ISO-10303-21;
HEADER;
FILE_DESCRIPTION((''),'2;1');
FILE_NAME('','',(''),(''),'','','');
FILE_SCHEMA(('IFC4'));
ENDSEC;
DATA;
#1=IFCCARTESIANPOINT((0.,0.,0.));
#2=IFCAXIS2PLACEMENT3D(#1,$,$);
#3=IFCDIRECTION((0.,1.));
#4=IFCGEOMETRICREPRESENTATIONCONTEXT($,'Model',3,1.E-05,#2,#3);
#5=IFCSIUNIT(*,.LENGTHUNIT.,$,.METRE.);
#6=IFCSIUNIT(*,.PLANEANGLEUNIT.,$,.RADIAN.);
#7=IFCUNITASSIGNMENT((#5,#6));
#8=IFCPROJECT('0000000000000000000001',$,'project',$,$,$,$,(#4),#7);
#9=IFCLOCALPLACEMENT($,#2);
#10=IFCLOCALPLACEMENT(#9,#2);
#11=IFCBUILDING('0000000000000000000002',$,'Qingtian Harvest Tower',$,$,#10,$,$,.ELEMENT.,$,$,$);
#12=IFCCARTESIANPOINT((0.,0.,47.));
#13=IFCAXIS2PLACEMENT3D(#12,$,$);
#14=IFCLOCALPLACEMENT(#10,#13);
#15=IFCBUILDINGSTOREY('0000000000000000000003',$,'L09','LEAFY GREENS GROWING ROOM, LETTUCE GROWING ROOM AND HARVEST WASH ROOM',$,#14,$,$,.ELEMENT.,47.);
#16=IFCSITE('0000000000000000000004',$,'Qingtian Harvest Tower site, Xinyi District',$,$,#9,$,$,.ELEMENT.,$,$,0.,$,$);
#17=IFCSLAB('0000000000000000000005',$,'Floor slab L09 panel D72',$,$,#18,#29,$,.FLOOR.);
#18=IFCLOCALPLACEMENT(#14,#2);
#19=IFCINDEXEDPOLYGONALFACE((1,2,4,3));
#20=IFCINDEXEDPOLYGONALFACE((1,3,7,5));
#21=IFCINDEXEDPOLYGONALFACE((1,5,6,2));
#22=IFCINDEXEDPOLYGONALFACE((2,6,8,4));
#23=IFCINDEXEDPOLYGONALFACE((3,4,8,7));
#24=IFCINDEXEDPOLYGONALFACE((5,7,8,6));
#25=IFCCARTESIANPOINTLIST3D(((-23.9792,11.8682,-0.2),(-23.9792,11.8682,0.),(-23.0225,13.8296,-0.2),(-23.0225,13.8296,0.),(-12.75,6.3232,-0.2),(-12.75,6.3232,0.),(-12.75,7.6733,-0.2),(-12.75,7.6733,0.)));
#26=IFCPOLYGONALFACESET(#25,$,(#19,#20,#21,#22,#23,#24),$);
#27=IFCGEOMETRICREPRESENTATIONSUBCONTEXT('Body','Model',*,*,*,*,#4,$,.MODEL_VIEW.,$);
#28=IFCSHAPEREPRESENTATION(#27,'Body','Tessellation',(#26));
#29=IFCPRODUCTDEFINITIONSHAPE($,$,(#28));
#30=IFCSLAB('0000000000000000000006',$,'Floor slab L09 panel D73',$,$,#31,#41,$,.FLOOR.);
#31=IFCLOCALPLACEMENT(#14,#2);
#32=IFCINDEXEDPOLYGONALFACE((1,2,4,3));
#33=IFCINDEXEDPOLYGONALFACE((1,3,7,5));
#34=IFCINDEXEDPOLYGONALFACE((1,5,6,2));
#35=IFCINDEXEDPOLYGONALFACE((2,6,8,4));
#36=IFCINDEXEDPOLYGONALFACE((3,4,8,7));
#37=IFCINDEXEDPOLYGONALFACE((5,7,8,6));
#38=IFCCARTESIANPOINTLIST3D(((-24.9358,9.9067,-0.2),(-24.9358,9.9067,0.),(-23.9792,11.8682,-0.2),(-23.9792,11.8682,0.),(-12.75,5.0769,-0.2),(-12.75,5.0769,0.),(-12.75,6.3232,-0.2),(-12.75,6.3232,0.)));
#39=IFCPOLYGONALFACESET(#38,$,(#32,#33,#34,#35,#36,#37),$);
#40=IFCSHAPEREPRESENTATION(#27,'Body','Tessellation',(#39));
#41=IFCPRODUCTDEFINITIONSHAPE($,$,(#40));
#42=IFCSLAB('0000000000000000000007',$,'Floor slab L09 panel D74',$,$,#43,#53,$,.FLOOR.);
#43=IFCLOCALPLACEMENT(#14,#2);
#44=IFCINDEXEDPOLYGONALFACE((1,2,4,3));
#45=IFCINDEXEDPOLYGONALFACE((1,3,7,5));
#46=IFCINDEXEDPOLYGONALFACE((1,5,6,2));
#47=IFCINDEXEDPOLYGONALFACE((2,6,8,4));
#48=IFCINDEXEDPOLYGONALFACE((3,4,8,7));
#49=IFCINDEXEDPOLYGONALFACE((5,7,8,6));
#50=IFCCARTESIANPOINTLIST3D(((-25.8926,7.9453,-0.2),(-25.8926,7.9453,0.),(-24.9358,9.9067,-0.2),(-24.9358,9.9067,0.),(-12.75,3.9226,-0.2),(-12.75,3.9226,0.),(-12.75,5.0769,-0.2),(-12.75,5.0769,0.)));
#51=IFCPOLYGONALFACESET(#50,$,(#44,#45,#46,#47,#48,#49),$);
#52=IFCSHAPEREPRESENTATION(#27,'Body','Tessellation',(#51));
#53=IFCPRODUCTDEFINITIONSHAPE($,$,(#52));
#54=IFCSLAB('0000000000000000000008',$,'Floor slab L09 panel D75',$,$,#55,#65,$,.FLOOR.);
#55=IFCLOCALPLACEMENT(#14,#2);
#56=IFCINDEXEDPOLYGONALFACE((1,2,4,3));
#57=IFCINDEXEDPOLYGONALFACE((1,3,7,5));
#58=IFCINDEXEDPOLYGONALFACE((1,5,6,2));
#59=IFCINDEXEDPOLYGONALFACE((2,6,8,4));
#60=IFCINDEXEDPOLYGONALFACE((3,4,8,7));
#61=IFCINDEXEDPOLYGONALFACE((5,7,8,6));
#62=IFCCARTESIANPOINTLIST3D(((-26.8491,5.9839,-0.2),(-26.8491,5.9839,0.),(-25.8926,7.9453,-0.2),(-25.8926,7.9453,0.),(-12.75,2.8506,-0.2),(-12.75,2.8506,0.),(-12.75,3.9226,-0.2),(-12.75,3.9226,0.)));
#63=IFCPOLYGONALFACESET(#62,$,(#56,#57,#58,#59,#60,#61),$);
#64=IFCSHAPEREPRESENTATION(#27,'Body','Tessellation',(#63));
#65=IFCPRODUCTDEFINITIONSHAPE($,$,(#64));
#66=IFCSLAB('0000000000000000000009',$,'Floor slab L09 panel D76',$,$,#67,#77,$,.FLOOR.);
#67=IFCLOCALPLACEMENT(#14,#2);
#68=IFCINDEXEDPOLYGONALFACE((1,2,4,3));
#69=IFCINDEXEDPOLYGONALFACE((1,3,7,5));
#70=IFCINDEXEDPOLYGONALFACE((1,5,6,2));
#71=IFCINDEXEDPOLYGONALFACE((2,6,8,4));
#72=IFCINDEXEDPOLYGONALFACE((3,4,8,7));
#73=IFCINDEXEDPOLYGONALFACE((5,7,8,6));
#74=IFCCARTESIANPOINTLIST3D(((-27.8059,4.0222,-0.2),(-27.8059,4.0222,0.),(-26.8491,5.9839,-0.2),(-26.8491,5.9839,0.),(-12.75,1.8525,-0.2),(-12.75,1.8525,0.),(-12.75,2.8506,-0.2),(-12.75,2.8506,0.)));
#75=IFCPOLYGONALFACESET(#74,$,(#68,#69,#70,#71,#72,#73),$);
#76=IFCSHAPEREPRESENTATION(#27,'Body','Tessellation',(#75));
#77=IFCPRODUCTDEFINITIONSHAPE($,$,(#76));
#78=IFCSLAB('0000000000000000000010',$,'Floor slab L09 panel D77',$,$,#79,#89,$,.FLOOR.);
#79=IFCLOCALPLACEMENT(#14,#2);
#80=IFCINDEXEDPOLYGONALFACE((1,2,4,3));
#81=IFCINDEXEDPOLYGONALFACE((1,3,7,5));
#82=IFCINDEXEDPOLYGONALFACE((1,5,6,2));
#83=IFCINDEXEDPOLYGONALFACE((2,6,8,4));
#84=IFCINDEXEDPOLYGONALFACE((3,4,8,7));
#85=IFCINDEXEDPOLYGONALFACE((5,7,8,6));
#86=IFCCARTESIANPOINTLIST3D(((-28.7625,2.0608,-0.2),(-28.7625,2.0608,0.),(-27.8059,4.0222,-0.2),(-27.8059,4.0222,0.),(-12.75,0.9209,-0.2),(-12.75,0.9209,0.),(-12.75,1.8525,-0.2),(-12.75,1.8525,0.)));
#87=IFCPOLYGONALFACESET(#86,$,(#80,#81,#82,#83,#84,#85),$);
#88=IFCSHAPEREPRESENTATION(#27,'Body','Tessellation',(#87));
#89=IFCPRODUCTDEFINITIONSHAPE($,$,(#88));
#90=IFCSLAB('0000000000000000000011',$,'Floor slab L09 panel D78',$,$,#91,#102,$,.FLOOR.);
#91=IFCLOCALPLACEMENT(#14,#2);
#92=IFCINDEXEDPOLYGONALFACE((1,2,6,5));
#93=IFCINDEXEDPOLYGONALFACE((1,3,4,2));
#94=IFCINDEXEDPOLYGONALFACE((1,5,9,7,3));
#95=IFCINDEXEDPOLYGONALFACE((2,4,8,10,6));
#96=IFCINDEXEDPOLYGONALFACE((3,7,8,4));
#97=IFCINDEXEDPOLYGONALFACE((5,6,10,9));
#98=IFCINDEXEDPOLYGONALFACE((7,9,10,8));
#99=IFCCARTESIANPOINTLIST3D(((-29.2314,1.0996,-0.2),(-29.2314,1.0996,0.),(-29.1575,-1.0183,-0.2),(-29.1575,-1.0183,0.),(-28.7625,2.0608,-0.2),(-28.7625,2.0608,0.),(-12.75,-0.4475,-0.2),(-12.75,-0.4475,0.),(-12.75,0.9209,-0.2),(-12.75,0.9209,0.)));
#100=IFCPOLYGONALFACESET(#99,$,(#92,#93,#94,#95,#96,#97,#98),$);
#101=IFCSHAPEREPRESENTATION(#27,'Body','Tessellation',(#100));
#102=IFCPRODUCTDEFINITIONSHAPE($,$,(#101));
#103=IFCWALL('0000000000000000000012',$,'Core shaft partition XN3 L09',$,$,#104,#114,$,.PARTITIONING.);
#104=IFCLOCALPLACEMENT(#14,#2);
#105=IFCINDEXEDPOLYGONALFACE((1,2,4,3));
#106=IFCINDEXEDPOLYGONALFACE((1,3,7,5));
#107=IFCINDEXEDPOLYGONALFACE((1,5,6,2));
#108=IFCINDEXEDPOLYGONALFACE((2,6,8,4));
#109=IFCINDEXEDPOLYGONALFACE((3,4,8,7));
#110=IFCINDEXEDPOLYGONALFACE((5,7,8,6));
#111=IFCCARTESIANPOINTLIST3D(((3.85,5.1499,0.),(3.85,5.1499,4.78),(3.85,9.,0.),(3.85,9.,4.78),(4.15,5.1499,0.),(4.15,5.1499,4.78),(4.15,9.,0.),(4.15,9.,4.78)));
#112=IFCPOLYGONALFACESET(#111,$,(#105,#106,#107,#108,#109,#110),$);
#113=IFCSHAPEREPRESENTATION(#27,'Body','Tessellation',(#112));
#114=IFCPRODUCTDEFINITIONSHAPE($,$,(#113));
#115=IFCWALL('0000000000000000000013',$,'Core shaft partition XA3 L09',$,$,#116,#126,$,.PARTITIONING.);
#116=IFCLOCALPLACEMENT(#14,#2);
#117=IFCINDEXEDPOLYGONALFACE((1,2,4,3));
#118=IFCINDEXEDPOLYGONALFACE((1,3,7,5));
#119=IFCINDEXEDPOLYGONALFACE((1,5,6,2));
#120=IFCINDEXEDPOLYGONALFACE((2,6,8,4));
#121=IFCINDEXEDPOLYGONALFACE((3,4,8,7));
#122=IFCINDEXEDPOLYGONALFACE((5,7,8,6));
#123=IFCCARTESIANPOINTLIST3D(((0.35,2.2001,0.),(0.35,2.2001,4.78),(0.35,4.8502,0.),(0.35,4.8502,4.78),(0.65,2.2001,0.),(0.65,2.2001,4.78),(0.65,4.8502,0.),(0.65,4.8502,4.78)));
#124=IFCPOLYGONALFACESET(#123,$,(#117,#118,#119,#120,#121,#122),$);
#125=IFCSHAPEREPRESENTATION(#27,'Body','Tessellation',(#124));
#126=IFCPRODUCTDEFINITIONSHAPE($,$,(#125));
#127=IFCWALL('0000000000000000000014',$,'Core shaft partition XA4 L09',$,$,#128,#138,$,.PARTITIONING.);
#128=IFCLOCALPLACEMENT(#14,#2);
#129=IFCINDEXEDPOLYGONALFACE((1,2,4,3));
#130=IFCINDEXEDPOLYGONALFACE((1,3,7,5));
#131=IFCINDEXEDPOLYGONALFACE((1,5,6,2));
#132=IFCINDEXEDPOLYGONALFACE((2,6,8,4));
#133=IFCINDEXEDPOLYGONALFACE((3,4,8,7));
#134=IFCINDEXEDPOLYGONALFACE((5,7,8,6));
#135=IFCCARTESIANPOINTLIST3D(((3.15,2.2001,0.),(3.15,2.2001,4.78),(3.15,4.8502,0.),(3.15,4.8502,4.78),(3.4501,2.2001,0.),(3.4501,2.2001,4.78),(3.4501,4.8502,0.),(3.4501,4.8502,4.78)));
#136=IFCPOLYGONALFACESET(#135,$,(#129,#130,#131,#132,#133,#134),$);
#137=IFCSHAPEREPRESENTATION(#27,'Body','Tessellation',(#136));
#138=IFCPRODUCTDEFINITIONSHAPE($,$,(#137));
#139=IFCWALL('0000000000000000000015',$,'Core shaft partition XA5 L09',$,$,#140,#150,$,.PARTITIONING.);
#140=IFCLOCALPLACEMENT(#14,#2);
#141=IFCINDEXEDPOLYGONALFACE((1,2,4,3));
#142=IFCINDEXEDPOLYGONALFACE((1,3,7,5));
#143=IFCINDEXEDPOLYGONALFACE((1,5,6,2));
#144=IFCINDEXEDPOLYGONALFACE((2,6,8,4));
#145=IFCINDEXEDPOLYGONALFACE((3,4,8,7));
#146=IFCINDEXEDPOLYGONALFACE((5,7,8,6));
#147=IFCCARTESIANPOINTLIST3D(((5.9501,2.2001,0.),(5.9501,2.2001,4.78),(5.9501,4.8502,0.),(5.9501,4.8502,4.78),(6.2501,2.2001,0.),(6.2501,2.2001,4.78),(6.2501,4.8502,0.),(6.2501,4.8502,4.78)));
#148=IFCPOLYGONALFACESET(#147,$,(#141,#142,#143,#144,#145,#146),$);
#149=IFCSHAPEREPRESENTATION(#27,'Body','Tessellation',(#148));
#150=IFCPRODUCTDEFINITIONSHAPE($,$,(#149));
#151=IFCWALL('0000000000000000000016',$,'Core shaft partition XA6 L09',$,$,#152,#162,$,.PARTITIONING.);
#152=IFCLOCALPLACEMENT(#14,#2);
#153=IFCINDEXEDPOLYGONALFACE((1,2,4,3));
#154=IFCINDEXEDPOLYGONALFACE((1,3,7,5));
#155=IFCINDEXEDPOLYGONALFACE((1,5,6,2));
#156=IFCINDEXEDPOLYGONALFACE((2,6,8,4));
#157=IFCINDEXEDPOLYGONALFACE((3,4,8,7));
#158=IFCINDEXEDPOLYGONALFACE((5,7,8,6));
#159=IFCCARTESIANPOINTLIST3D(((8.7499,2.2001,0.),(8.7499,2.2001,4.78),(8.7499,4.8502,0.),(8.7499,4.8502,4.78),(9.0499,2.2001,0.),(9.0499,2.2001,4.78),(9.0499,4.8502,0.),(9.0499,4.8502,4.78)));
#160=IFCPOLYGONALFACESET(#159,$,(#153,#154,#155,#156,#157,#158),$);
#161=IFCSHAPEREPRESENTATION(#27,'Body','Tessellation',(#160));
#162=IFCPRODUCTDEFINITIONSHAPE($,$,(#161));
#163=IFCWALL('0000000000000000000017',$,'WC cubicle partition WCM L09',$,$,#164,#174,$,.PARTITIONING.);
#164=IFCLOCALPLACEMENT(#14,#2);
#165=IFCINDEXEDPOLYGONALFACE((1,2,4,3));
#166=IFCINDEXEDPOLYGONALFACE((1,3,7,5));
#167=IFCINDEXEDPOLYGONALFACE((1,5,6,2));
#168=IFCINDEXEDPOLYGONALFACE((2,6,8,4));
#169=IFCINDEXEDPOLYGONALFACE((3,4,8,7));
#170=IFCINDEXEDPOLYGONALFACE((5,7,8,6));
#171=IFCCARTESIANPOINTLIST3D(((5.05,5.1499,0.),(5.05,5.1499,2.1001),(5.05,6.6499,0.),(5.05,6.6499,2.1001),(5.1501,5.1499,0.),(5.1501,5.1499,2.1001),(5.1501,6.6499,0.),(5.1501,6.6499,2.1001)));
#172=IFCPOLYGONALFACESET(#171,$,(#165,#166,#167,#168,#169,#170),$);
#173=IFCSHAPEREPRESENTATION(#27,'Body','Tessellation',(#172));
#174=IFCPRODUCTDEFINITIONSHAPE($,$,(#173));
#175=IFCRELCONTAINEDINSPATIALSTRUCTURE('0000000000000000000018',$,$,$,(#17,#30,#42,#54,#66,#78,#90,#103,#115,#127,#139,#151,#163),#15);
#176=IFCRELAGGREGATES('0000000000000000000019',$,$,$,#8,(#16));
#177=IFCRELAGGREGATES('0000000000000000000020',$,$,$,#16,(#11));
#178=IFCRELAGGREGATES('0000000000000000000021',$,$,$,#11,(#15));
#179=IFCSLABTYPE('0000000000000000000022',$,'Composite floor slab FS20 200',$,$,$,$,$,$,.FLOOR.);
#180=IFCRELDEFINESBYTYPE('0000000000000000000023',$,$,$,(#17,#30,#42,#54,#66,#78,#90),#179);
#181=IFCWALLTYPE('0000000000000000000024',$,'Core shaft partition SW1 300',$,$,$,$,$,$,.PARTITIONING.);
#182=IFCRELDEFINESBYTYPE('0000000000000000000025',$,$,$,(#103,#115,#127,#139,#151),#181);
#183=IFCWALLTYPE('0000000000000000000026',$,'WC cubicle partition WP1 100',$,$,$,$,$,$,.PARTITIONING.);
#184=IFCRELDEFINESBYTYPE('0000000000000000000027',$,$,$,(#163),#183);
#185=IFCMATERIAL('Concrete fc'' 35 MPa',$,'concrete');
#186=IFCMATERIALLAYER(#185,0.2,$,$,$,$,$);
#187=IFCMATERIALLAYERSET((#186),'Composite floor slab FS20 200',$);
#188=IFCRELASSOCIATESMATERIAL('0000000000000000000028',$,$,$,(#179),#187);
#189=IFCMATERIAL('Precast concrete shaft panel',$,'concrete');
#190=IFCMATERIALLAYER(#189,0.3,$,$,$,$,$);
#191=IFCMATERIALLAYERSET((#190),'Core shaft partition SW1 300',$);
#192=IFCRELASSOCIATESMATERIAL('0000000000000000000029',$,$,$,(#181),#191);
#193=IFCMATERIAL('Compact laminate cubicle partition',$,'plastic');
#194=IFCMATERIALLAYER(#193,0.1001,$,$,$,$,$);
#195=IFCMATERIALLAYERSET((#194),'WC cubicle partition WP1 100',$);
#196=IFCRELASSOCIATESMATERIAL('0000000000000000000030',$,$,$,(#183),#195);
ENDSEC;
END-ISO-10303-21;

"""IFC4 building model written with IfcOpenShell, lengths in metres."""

from ifc_helpers import new_model, si_unit, direction, frame, frame_2d, origin, place, context, subcontext, project, spatial, polyline, rectangle, outline, extrude, material, layer, layer_set, type_object, element, save


model = new_model("IFC4")

# Units and contexts
model_context = context("Model", 3, precision=1e-05, world=origin(), true_north=direction((0.0, 1.0)))
body_context = subcontext(model_context, "Body", "Model", "MODEL_VIEW")
ifc_project = project(units=[si_unit("LENGTHUNIT", "METRE"), si_unit("PLANEANGLEUNIT", "RADIAN")], contexts=[model_context])

# Site, building, storey
site_placement = place(None, origin())
site = spatial("IfcSite", under=ifc_project, at=site_placement, Name="Qingtian Harvest Tower site, Xinyi District", CompositionType="ELEMENT", RefElevation=0.0)
building_placement = place(site_placement, origin())
building = spatial("IfcBuilding", under=site, at=building_placement, Name="Qingtian Harvest Tower", CompositionType="ELEMENT")
storey_placement = place(building_placement, frame((0.0, 0.0, 47.0)))
storey = spatial("IfcBuildingStorey", under=building, at=storey_placement, Name="L09", Description="LEAFY GREENS GROWING ROOM, LETTUCE GROWING ROOM AND HARVEST WASH ROOM", CompositionType="ELEMENT", Elevation=47.0)

# Slabs
ifc_material_1 = material(Name="Concrete fc' 35 MPa", Category="concrete")
ifc_layer_1 = layer(ifc_material_1, 0.2)
ifc_layer_set_1 = layer_set([ifc_layer_1], Name="Composite floor slab FS20 200")
slab_type = type_object("IfcSlabType", Name="Composite floor slab FS20 200", PredefinedType="FLOOR", material=ifc_layer_set_1)
slab_1_placement = place(storey_placement, frame((0.0, 0.0, -0.2)))
element("IfcSlab", 1, at=slab_1_placement, inside=storey, type_object=slab_type, Name="Floor slab L09 panel D72", PredefinedType="FLOOR", context=body_context, shape_type="SweptSolid", body=[
    extrude(outline(polyline([(-12.75, 6.3232), (-23.9792, 11.8682), (-23.0225, 13.8296), (-12.75, 7.6733), (-12.75, 6.3232)])), origin(), (0.0, 0.0, 1.0), 0.2),
])
slab_2_placement = place(storey_placement, frame((0.0, 0.0, -0.2)))
element("IfcSlab", 2, at=slab_2_placement, inside=storey, type_object=slab_type, Name="Floor slab L09 panel D73", PredefinedType="FLOOR", context=body_context, shape_type="SweptSolid", body=[
    extrude(outline(polyline([(-12.75, 5.0769), (-24.9358, 9.9067), (-23.9792, 11.8682), (-12.75, 6.3232), (-12.75, 5.0769)])), origin(), (0.0, 0.0, 1.0), 0.2),
])
slab_3_placement = place(storey_placement, frame((0.0, 0.0, -0.2)))
element("IfcSlab", 3, at=slab_3_placement, inside=storey, type_object=slab_type, Name="Floor slab L09 panel D74", PredefinedType="FLOOR", context=body_context, shape_type="SweptSolid", body=[
    extrude(outline(polyline([(-12.75, 3.9226), (-25.8926, 7.9453), (-24.9358, 9.9067), (-12.75, 5.0769), (-12.75, 3.9226)])), origin(), (0.0, 0.0, 1.0), 0.2),
])
slab_4_placement = place(storey_placement, frame((0.0, 0.0, -0.2)))
element("IfcSlab", 4, at=slab_4_placement, inside=storey, type_object=slab_type, Name="Floor slab L09 panel D75", PredefinedType="FLOOR", context=body_context, shape_type="SweptSolid", body=[
    extrude(outline(polyline([(-12.75, 2.8506), (-26.8491, 5.9839), (-25.8926, 7.9453), (-12.75, 3.9226), (-12.75, 2.8506)])), origin(), (0.0, 0.0, 1.0), 0.2),
])
slab_5_placement = place(storey_placement, frame((0.0, 0.0, -0.2)))
element("IfcSlab", 5, at=slab_5_placement, inside=storey, type_object=slab_type, Name="Floor slab L09 panel D76", PredefinedType="FLOOR", context=body_context, shape_type="SweptSolid", body=[
    extrude(outline(polyline([(-12.75, 1.8525), (-27.8059, 4.0222), (-26.8491, 5.9839), (-12.75, 2.8506), (-12.75, 1.8525)])), origin(), (0.0, 0.0, 1.0), 0.2),
])
slab_6_placement = place(storey_placement, frame((0.0, 0.0, -0.2)))
element("IfcSlab", 6, at=slab_6_placement, inside=storey, type_object=slab_type, Name="Floor slab L09 panel D77", PredefinedType="FLOOR", context=body_context, shape_type="SweptSolid", body=[
    extrude(outline(polyline([(-12.75, 0.9209), (-28.7625, 2.0608), (-27.8059, 4.0222), (-12.75, 1.8525), (-12.75, 0.9209)])), origin(), (0.0, 0.0, 1.0), 0.2),
])
slab_7_placement = place(storey_placement, frame((0.0, 0.0, -0.2)))
element("IfcSlab", 7, at=slab_7_placement, inside=storey, type_object=slab_type, Name="Floor slab L09 panel D78", PredefinedType="FLOOR", context=body_context, shape_type="SweptSolid", body=[
    extrude(outline(polyline([(-12.75, 0.9209), (-12.75, -0.4475), (-29.1575, -1.0183), (-29.2314, 1.0996), (-28.7625, 2.0608), (-12.75, 0.9209)])), origin(), (0.0, 0.0, 1.0), 0.2),
])

# Shared definitions
ifc_material_2 = material(Name="Precast concrete shaft panel", Category="concrete")
ifc_layer_2 = layer(ifc_material_2, 0.3)
ifc_layer_set_2 = layer_set([ifc_layer_2], Name="Core shaft partition SW1 300")
wall_type_1 = type_object("IfcWallType", Name="Core shaft partition SW1 300", PredefinedType="PARTITIONING", material=ifc_layer_set_2)

# Walls
wall_1_placement = place(storey_placement, frame((4.0, 5.1499, 0.0), z_axis=(0.0, 0.0, 1.0), x_axis=(0.0, 1.0, 0.0)))
element("IfcWall", 8, at=wall_1_placement, inside=storey, type_object=wall_type_1, Name="Core shaft partition XN3 L09", PredefinedType="PARTITIONING", context=body_context, shape_type="SweptSolid", body=[
    extrude(rectangle(XDim=3.8501, YDim=0.3, at=frame_2d((1.925, 0.0))), origin(), (0.0, 0.0, 1.0), 4.78),
])
for number, where, z_axis, x_axis, name in (
    (9, (0.5, 2.2, 0.0), (0.0, 0.0, 1.0), (0.0, 1.0, 0.0), "Core shaft partition XA3 L09"),
    (10, (3.3, 2.2, 0.0), (0.0, 0.0, 1.0), (0.0, 1.0, 0.0), "Core shaft partition XA4 L09"),
    (11, (6.1001, 2.2, 0.0), (0.0, 0.0, 1.0), (0.0, 1.0, 0.0), "Core shaft partition XA5 L09"),
    (12, (8.8999, 2.2, 0.0), (0.0, 0.0, 1.0), (0.0, 1.0, 0.0), "Core shaft partition XA6 L09"),
):
    element("IfcWall", number, at=place(storey_placement, frame(where, z_axis=z_axis, x_axis=x_axis)), inside=storey, type_object=wall_type_1, Name=name, PredefinedType="PARTITIONING", context=body_context, shape_type="SweptSolid", body=[
        extrude(rectangle(XDim=2.6501, YDim=0.3, at=frame_2d((1.3252, 0.0))), origin(), (0.0, 0.0, 1.0), 4.78),
    ])
ifc_material_3 = material(Name="Compact laminate cubicle partition", Category="plastic")
ifc_layer_3 = layer(ifc_material_3, 0.1001)
ifc_layer_set_3 = layer_set([ifc_layer_3], Name="WC cubicle partition WP1 100")
wall_type_2 = type_object("IfcWallType", Name="WC cubicle partition WP1 100", PredefinedType="PARTITIONING", material=ifc_layer_set_3)
wall_2_placement = place(storey_placement, frame((5.1001, 5.1499, 0.0), z_axis=(0.0, 0.0, 1.0), x_axis=(0.0, 1.0, 0.0)))
element("IfcWall", 13, at=wall_2_placement, inside=storey, type_object=wall_type_2, Name="WC cubicle partition WCM L09", PredefinedType="PARTITIONING", context=body_context, shape_type="SweptSolid", body=[
    extrude(rectangle(XDim=1.5, YDim=0.1001, at=frame_2d((0.75, 0.0))), origin(), (0.0, 0.0, 1.0), 2.1001),
])

save(model, "model.ifc")
